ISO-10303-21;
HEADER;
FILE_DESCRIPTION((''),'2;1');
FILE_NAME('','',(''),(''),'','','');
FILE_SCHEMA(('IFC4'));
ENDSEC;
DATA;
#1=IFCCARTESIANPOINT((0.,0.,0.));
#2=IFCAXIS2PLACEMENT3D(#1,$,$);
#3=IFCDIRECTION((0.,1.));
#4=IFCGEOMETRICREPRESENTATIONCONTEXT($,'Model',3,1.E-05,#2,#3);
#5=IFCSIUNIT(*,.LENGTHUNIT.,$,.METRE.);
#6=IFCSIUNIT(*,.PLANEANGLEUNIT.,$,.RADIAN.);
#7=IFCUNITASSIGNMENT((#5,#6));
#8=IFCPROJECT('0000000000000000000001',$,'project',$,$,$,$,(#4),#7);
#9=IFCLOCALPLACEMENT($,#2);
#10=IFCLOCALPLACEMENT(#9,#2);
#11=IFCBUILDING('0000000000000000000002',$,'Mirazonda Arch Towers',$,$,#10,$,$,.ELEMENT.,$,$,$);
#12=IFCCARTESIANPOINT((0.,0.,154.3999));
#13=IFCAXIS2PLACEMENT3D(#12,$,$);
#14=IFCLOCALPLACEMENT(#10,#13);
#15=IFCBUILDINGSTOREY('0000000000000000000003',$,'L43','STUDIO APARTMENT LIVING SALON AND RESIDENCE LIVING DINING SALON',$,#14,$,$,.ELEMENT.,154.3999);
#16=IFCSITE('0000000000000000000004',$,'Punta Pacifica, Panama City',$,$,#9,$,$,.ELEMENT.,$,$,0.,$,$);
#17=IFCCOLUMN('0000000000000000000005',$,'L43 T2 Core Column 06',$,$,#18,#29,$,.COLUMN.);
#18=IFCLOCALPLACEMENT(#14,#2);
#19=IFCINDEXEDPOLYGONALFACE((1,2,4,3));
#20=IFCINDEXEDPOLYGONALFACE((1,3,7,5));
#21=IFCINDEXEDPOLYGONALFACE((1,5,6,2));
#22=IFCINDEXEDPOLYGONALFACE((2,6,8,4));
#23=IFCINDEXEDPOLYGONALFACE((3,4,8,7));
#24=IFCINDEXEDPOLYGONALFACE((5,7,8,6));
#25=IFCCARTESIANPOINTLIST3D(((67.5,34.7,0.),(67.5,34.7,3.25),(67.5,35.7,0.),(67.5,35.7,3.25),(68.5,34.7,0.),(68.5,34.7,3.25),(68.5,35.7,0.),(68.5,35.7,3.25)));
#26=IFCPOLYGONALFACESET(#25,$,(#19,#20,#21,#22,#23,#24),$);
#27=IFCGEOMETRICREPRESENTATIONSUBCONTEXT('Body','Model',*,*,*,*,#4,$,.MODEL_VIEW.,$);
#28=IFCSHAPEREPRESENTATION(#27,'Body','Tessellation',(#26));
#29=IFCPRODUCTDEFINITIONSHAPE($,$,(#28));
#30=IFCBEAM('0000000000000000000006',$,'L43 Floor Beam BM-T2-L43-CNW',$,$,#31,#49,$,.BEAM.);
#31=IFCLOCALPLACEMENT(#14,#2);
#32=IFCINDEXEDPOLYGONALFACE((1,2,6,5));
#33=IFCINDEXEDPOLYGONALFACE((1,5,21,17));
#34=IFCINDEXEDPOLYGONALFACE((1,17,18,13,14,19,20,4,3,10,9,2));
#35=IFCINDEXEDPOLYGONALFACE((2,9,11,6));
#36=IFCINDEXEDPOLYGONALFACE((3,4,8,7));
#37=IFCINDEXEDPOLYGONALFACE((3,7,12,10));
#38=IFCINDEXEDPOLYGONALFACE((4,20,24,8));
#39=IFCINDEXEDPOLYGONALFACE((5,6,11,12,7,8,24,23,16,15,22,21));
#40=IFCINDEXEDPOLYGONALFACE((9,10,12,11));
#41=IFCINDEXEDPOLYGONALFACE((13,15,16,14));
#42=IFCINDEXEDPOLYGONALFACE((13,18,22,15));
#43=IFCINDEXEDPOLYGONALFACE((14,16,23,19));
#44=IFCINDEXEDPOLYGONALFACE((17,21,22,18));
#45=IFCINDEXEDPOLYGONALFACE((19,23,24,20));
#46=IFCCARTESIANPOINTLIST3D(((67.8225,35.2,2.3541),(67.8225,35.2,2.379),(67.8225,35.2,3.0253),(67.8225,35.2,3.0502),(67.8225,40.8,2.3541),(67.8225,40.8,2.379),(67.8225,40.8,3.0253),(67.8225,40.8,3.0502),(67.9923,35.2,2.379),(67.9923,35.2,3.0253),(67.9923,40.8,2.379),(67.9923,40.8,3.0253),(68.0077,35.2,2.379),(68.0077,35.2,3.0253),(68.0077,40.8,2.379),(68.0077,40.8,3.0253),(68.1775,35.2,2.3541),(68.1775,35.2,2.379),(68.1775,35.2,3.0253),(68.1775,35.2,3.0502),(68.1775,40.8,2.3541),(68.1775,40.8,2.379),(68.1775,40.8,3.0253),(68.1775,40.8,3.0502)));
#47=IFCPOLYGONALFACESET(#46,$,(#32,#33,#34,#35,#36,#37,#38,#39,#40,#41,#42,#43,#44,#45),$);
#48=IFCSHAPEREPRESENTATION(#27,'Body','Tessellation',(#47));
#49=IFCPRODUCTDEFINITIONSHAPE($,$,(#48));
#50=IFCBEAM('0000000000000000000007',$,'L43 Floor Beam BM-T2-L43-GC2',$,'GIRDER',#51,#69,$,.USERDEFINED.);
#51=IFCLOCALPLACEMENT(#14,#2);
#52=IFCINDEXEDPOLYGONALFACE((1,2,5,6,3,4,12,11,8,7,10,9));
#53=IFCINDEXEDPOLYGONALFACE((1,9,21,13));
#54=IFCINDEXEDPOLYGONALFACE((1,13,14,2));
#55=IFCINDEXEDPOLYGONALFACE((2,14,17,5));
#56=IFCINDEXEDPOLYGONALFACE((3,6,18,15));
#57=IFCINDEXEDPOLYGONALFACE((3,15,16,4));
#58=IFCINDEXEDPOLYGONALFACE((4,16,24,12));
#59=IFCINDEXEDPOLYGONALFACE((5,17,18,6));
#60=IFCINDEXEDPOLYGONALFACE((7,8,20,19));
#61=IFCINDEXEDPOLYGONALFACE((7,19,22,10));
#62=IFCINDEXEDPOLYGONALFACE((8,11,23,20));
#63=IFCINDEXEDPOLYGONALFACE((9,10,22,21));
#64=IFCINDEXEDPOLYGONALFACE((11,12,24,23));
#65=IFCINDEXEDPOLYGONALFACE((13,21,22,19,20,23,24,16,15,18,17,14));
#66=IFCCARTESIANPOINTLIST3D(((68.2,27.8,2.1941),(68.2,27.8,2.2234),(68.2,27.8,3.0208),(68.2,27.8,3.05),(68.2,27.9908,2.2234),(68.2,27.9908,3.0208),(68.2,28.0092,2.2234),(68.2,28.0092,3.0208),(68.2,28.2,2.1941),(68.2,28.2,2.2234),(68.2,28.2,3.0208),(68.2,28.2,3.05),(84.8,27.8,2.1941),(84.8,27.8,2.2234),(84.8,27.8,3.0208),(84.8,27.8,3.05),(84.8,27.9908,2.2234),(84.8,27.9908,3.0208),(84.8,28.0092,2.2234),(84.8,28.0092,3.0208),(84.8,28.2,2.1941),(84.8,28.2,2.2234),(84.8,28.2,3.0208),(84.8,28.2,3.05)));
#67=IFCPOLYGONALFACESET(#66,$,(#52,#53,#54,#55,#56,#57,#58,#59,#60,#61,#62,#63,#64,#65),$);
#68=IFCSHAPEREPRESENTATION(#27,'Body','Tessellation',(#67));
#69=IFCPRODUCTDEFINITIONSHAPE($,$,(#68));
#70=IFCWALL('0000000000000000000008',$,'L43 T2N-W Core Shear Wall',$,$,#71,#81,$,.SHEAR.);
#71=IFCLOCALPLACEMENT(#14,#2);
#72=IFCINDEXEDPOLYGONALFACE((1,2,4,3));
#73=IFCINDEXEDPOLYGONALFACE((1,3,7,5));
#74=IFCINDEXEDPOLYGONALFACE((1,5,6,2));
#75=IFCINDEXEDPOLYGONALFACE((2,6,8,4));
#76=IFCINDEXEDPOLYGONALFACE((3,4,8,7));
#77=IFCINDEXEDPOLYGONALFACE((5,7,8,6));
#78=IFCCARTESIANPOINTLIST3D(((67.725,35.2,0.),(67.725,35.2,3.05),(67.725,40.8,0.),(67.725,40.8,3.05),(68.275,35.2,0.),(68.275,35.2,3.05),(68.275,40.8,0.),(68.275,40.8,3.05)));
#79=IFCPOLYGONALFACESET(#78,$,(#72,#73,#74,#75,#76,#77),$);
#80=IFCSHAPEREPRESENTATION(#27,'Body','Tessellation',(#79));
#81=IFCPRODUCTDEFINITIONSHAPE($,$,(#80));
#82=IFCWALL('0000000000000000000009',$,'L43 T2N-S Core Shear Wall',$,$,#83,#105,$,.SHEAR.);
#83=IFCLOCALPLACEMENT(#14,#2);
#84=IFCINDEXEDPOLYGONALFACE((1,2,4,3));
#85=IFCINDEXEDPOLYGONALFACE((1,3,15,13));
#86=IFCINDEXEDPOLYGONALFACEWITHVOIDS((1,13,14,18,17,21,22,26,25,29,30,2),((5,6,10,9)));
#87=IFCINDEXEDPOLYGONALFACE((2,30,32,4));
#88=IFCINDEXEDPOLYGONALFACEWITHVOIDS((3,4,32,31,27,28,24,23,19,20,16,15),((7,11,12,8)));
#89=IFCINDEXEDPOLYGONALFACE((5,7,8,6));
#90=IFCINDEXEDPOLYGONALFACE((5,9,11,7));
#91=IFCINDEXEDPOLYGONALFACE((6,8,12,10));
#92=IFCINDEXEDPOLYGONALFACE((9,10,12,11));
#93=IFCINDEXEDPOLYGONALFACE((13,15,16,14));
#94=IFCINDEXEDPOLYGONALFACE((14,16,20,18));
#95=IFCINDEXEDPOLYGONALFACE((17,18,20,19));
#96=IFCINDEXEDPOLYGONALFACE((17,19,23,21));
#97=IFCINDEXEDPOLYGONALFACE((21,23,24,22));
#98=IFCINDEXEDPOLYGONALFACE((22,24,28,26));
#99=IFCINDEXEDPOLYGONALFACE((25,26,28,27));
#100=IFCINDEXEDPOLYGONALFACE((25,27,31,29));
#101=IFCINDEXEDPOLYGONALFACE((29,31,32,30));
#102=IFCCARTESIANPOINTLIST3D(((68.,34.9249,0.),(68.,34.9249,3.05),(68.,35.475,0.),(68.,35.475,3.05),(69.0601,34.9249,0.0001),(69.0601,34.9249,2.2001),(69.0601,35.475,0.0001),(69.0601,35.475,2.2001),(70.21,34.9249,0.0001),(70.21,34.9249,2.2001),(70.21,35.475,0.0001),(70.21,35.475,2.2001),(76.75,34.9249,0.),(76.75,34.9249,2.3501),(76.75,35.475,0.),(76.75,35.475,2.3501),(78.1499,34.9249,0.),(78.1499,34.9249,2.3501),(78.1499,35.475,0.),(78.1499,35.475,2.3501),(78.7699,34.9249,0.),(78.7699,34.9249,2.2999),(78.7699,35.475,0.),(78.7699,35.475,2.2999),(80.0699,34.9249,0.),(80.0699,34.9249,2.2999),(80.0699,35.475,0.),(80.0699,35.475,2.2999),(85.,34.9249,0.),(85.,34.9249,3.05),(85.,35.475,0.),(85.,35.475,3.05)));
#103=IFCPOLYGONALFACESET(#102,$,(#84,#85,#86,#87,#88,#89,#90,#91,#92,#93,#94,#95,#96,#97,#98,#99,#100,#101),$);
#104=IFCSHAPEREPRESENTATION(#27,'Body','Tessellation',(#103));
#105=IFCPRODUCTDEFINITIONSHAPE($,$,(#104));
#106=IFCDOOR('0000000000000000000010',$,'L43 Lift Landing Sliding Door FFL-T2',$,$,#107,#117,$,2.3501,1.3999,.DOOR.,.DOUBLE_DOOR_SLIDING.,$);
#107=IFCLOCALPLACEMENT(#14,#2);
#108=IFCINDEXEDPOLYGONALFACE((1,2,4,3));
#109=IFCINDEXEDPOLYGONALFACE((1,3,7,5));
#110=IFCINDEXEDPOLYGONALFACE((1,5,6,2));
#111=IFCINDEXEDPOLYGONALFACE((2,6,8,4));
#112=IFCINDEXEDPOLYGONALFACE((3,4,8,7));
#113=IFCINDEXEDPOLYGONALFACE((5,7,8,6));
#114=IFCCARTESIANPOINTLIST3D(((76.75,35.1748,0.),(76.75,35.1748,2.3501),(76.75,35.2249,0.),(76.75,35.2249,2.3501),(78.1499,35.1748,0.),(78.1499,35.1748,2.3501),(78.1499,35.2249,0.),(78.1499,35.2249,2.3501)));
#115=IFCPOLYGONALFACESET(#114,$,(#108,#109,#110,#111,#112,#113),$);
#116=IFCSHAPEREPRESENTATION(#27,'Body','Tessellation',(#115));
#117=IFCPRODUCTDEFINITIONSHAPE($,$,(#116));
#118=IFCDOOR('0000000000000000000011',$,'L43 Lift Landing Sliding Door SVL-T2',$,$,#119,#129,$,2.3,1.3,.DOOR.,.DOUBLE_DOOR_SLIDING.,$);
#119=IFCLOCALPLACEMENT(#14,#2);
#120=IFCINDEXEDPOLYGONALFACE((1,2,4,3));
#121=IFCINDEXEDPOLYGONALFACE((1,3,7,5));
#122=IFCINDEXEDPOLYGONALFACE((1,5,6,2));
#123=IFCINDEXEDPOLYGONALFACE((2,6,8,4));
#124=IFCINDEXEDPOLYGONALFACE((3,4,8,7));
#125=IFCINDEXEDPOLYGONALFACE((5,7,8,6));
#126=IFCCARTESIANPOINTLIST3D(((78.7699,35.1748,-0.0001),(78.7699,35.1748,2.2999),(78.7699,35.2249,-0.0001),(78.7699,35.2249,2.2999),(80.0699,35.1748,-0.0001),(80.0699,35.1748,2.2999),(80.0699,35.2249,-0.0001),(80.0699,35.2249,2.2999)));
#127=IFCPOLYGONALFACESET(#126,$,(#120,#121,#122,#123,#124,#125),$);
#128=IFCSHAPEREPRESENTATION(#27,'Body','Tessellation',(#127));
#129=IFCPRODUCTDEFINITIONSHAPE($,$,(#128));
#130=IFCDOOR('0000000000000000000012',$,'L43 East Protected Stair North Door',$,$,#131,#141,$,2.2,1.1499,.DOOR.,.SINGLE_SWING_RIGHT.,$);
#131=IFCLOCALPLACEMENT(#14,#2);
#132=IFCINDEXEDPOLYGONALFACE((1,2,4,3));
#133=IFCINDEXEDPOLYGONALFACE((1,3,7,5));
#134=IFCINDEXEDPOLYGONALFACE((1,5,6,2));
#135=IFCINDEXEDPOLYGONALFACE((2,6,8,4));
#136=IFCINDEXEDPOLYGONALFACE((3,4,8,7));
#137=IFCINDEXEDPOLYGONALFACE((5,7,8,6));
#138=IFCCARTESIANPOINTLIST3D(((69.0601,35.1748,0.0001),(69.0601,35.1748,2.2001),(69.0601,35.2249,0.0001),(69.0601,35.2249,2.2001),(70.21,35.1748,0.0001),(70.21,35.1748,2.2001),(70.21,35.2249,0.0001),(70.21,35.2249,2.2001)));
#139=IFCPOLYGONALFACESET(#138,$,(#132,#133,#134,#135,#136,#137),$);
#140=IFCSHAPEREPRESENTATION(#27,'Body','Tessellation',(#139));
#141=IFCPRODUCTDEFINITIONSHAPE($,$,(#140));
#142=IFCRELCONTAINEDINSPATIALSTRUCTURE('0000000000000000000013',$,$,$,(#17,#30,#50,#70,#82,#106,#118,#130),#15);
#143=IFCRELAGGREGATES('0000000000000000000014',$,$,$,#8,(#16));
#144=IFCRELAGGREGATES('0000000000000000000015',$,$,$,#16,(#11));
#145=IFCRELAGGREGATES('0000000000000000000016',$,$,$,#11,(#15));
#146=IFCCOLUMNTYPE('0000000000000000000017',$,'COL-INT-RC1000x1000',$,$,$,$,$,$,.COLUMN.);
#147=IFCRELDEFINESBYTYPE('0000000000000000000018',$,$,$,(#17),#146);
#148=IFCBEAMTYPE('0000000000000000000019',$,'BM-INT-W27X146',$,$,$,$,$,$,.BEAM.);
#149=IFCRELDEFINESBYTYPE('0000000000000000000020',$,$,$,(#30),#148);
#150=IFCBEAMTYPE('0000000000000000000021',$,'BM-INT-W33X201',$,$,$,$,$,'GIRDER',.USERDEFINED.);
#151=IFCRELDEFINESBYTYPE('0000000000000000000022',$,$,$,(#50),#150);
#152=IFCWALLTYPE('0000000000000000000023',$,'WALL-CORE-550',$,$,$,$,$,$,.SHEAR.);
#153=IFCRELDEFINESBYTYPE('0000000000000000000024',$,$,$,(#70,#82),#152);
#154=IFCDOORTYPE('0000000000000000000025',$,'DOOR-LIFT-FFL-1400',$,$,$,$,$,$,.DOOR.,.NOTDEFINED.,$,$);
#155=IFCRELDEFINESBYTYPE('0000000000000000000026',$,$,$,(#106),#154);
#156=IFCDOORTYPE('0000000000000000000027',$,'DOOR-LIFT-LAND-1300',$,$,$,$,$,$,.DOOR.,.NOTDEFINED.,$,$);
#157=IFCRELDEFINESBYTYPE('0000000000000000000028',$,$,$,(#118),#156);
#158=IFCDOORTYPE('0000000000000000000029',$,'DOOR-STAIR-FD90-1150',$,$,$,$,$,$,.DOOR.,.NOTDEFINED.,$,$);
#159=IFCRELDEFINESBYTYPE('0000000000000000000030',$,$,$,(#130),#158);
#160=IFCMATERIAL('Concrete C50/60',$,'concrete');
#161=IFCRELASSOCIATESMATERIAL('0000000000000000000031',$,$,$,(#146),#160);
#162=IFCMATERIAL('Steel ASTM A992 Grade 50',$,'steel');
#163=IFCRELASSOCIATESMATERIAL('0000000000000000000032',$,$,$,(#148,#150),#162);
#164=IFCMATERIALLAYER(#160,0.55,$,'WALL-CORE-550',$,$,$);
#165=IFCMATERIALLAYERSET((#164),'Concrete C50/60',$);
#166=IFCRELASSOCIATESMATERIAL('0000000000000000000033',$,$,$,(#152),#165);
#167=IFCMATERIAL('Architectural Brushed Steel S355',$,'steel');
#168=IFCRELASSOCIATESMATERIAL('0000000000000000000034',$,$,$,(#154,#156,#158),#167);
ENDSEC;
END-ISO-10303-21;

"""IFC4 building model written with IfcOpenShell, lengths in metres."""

from ifc_helpers import new_model, si_unit, direction, frame, frame_2d, origin, origin_2d, place, context, subcontext, project, spatial, rectangle, i_section, extrude, material, layer, layer_set, material_profile, profile_set, type_object, element, fill, save


model = new_model("IFC4")

# Units and contexts
model_context = context("Model", 3, precision=1e-05, world=origin(), true_north=direction((0.0, 1.0)))
body_context = subcontext(model_context, "Body", "Model", "MODEL_VIEW")
ifc_project = project(units=[si_unit("LENGTHUNIT", "METRE"), si_unit("PLANEANGLEUNIT", "RADIAN")], contexts=[model_context])

# Site, building, storey
site_placement = place(None, origin())
site = spatial("IfcSite", under=ifc_project, at=site_placement, Name="Punta Pacifica, Panama City", CompositionType="ELEMENT", RefElevation=0.0)
building_placement = place(site_placement, origin())
building = spatial("IfcBuilding", under=site, at=building_placement, Name="Mirazonda Arch Towers", CompositionType="ELEMENT")
storey_placement = place(building_placement, frame((0.0, 0.0, 154.3999)))
storey = spatial("IfcBuildingStorey", under=building, at=storey_placement, Name="L43", Description="STUDIO APARTMENT LIVING SALON AND RESIDENCE LIVING DINING SALON", CompositionType="ELEMENT", Elevation=154.3999)

# Column
ifc_material_1 = material(Name="Concrete C50/60", Category="concrete")
ifc_material_profile_1 = material_profile(ifc_material_1, rectangle(XDim=1.0, YDim=1.0, at=origin_2d()), Name="RC1000x1000")
ifc_profile_set_1 = profile_set([ifc_material_profile_1], Name="Concrete C50/60")
column_type = type_object("IfcColumnType", Name="COL-INT-RC1000x1000", PredefinedType="COLUMN", material=ifc_profile_set_1)
column_placement = place(storey_placement, frame((68.0, 35.2, 0.0), z_axis=(0.0, 0.0, 1.0), x_axis=(1.0, 0.0, 0.0)))
element("IfcColumn", 1, at=column_placement, inside=storey, type_object=column_type, Name="L43 T2 Core Column 06", PredefinedType="COLUMN", context=body_context, shape_type="SweptSolid", body=[
    extrude(rectangle(XDim=1.0, YDim=1.0, at=origin_2d()), origin(), (0.0, 0.0, 1.0), 3.25),
])

# Beams
ifc_material_2 = material(Name="Steel ASTM A992 Grade 50", Category="steel")
ifc_material_profile_2 = material_profile(ifc_material_2, i_section(OverallWidth=0.355, OverallDepth=0.696, WebThickness=0.0154, FlangeThickness=0.0249, at=origin_2d()), Name="W27X146")
ifc_profile_set_2 = profile_set([ifc_material_profile_2], Name="Steel ASTM A992 Grade 50")
beam_type_1 = type_object("IfcBeamType", Name="BM-INT-W27X146", PredefinedType="BEAM", material=ifc_profile_set_2)
beam_1_placement = place(storey_placement, frame((68.0, 35.2, 2.7021), z_axis=(0.0, 1.0, 0.0), x_axis=(-1.0, 0.0, 0.0)))
element("IfcBeam", 2, at=beam_1_placement, inside=storey, type_object=beam_type_1, Name="L43 Floor Beam BM-T2-L43-CNW", PredefinedType="BEAM", context=body_context, shape_type="SweptSolid", body=[
    extrude(i_section(OverallWidth=0.355, OverallDepth=0.696, WebThickness=0.0154, FlangeThickness=0.0249, at=origin_2d()), origin(), (0.0, 0.0, 1.0), 5.6001),
])
ifc_material_profile_3 = material_profile(ifc_material_2, i_section(OverallWidth=0.3999, OverallDepth=0.856, WebThickness=0.0183, FlangeThickness=0.0293, at=origin_2d()), Name="W33X201")
ifc_profile_set_3 = profile_set([ifc_material_profile_3], Name="Steel ASTM A992 Grade 50")
beam_type_2 = type_object("IfcBeamType", Name="BM-INT-W33X201", ElementType="GIRDER", PredefinedType="USERDEFINED", material=ifc_profile_set_3)
beam_2_placement = place(storey_placement, frame((68.2, 28.0, 2.6221), z_axis=(1.0, 0.0, 0.0), x_axis=(0.0, 1.0, 0.0)))
element("IfcBeam", 3, at=beam_2_placement, inside=storey, type_object=beam_type_2, Name="L43 Floor Beam BM-T2-L43-GC2", ObjectType="GIRDER", PredefinedType="USERDEFINED", context=body_context, shape_type="SweptSolid", body=[
    extrude(i_section(OverallWidth=0.3999, OverallDepth=0.856, WebThickness=0.0183, FlangeThickness=0.0293, at=origin_2d()), origin(), (0.0, 0.0, 1.0), 16.6001),
])

# Wall
ifc_layer_1 = layer(ifc_material_1, 0.55, Name="WALL-CORE-550")
ifc_layer_set_1 = layer_set([ifc_layer_1], Name="Concrete C50/60")
wall_type_1 = type_object("IfcWallType", Name="WALL-CORE-550", PredefinedType="SHEAR", material=ifc_layer_set_1)
wall_1_placement = place(storey_placement, frame((68.0, 35.2, 0.0), z_axis=(0.0, 0.0, 1.0), x_axis=(0.0, 1.0, 0.0)))
element("IfcWall", 4, at=wall_1_placement, inside=storey, type_object=wall_type_1, Name="L43 T2N-W Core Shear Wall", PredefinedType="SHEAR", context=body_context, shape_type="SweptSolid", body=[
    extrude(rectangle(XDim=5.6001, YDim=0.55, at=frame_2d((2.8, 0.0))), origin(), (0.0, 0.0, 1.0), 3.05),
])

# Wall, openings, doors
wall_2_placement = place(storey_placement, frame((68.0, 35.2, 0.0), z_axis=(0.0, 0.0, 1.0), x_axis=(1.0, 0.0, 0.0)))
wall_2 = element("IfcWall", 5, at=wall_2_placement, inside=storey, type_object=wall_type_1, Name="L43 T2N-S Core Shear Wall", PredefinedType="SHEAR", context=body_context, shape_type="SweptSolid", body=[
    extrude(rectangle(XDim=17.0, YDim=0.55, at=frame_2d((8.5, 0.0))), origin(), (0.0, 0.0, 1.0), 3.05),
])
opening_1_placement = place(wall_2_placement, frame((1.0601, 0.0, 0.0)))
opening_1 = element("IfcOpeningElement", 6, at=opening_1_placement, cuts=wall_2, PredefinedType="OPENING", context=body_context, shape_type="SweptSolid", body=[
    extrude(rectangle(XDim=1.1499, YDim=2.2, at=frame_2d((0.575, 1.1001))), frame((0.0, 0.2849, 0.0), z_axis=(0.0, -1.0, 0.0), x_axis=(1.0, 0.0, 0.0)), (0.0, 0.0, 1.0), 0.5701),
])
opening_2_placement = place(wall_2_placement, frame((8.75, 0.0, 0.0)))
opening_2 = element("IfcOpeningElement", 7, at=opening_2_placement, cuts=wall_2, PredefinedType="OPENING", context=body_context, shape_type="SweptSolid", body=[
    extrude(rectangle(XDim=1.3999, YDim=2.3501, at=frame_2d((0.7, 1.175))), frame((0.0, 0.2849, 0.0), z_axis=(0.0, -1.0, 0.0), x_axis=(1.0, 0.0, 0.0)), (0.0, 0.0, 1.0), 0.5701),
])
opening_3_placement = place(wall_2_placement, frame((10.77, 0.0, 0.0)))
opening_3 = element("IfcOpeningElement", 8, at=opening_3_placement, cuts=wall_2, PredefinedType="OPENING", context=body_context, shape_type="SweptSolid", body=[
    extrude(rectangle(XDim=1.3, YDim=2.3, at=frame_2d((0.6499, 1.1499))), frame((0.0, 0.2849, 0.0), z_axis=(0.0, -1.0, 0.0), x_axis=(1.0, 0.0, 0.0)), (0.0, 0.0, 1.0), 0.5701),
])
ifc_material_3 = material(Name="Architectural Brushed Steel S355", Category="steel")
door_type_1 = type_object("IfcDoorType", Name="DOOR-LIFT-FFL-1400", OperationType="NOTDEFINED", PredefinedType="DOOR", material=ifc_material_3)
door_1_placement = place(opening_2_placement, origin())
door_1 = element("IfcDoor", 9, at=door_1_placement, inside=storey, type_object=door_type_1, Name="L43 Lift Landing Sliding Door FFL-T2", OperationType="DOUBLE_DOOR_SLIDING", OverallHeight=2.3501, OverallWidth=1.3999, PredefinedType="DOOR", context=body_context, shape_type="SweptSolid", body=[
    extrude(rectangle(XDim=1.3999, YDim=2.3501, at=frame_2d((0.7, 1.175))), frame((0.0, 0.0249, 0.0), z_axis=(0.0, -1.0, 0.0), x_axis=(1.0, 0.0, 0.0)), (0.0, 0.0, 1.0), 0.05),
])
fill(opening_2, door_1)
door_type_2 = type_object("IfcDoorType", Name="DOOR-LIFT-LAND-1300", OperationType="NOTDEFINED", PredefinedType="DOOR", material=ifc_material_3)
door_2_placement = place(opening_3_placement, origin())
door_2 = element("IfcDoor", 10, at=door_2_placement, inside=storey, type_object=door_type_2, Name="L43 Lift Landing Sliding Door SVL-T2", OperationType="DOUBLE_DOOR_SLIDING", OverallHeight=2.3, OverallWidth=1.3, PredefinedType="DOOR", context=body_context, shape_type="SweptSolid", body=[
    extrude(rectangle(XDim=1.3, YDim=2.3, at=frame_2d((0.6499, 1.1499))), frame((0.0, 0.0249, 0.0), z_axis=(0.0, -1.0, 0.0), x_axis=(1.0, 0.0, 0.0)), (0.0, 0.0, 1.0), 0.05),
])
fill(opening_3, door_2)
door_type_3 = type_object("IfcDoorType", Name="DOOR-STAIR-FD90-1150", OperationType="NOTDEFINED", PredefinedType="DOOR", material=ifc_material_3)
door_3_placement = place(opening_1_placement, origin())
door_3 = element("IfcDoor", 11, at=door_3_placement, inside=storey, type_object=door_type_3, Name="L43 East Protected Stair North Door", OperationType="SINGLE_SWING_RIGHT", OverallHeight=2.2, OverallWidth=1.1499, PredefinedType="DOOR", context=body_context, shape_type="SweptSolid", body=[
    extrude(rectangle(XDim=1.1499, YDim=2.2, at=frame_2d((0.575, 1.1001))), frame((0.0, 0.0249, 0.0), z_axis=(0.0, -1.0, 0.0), x_axis=(1.0, 0.0, 0.0)), (0.0, 0.0, 1.0), 0.05),
])
fill(opening_1, door_3)

save(model, "model.ifc")
